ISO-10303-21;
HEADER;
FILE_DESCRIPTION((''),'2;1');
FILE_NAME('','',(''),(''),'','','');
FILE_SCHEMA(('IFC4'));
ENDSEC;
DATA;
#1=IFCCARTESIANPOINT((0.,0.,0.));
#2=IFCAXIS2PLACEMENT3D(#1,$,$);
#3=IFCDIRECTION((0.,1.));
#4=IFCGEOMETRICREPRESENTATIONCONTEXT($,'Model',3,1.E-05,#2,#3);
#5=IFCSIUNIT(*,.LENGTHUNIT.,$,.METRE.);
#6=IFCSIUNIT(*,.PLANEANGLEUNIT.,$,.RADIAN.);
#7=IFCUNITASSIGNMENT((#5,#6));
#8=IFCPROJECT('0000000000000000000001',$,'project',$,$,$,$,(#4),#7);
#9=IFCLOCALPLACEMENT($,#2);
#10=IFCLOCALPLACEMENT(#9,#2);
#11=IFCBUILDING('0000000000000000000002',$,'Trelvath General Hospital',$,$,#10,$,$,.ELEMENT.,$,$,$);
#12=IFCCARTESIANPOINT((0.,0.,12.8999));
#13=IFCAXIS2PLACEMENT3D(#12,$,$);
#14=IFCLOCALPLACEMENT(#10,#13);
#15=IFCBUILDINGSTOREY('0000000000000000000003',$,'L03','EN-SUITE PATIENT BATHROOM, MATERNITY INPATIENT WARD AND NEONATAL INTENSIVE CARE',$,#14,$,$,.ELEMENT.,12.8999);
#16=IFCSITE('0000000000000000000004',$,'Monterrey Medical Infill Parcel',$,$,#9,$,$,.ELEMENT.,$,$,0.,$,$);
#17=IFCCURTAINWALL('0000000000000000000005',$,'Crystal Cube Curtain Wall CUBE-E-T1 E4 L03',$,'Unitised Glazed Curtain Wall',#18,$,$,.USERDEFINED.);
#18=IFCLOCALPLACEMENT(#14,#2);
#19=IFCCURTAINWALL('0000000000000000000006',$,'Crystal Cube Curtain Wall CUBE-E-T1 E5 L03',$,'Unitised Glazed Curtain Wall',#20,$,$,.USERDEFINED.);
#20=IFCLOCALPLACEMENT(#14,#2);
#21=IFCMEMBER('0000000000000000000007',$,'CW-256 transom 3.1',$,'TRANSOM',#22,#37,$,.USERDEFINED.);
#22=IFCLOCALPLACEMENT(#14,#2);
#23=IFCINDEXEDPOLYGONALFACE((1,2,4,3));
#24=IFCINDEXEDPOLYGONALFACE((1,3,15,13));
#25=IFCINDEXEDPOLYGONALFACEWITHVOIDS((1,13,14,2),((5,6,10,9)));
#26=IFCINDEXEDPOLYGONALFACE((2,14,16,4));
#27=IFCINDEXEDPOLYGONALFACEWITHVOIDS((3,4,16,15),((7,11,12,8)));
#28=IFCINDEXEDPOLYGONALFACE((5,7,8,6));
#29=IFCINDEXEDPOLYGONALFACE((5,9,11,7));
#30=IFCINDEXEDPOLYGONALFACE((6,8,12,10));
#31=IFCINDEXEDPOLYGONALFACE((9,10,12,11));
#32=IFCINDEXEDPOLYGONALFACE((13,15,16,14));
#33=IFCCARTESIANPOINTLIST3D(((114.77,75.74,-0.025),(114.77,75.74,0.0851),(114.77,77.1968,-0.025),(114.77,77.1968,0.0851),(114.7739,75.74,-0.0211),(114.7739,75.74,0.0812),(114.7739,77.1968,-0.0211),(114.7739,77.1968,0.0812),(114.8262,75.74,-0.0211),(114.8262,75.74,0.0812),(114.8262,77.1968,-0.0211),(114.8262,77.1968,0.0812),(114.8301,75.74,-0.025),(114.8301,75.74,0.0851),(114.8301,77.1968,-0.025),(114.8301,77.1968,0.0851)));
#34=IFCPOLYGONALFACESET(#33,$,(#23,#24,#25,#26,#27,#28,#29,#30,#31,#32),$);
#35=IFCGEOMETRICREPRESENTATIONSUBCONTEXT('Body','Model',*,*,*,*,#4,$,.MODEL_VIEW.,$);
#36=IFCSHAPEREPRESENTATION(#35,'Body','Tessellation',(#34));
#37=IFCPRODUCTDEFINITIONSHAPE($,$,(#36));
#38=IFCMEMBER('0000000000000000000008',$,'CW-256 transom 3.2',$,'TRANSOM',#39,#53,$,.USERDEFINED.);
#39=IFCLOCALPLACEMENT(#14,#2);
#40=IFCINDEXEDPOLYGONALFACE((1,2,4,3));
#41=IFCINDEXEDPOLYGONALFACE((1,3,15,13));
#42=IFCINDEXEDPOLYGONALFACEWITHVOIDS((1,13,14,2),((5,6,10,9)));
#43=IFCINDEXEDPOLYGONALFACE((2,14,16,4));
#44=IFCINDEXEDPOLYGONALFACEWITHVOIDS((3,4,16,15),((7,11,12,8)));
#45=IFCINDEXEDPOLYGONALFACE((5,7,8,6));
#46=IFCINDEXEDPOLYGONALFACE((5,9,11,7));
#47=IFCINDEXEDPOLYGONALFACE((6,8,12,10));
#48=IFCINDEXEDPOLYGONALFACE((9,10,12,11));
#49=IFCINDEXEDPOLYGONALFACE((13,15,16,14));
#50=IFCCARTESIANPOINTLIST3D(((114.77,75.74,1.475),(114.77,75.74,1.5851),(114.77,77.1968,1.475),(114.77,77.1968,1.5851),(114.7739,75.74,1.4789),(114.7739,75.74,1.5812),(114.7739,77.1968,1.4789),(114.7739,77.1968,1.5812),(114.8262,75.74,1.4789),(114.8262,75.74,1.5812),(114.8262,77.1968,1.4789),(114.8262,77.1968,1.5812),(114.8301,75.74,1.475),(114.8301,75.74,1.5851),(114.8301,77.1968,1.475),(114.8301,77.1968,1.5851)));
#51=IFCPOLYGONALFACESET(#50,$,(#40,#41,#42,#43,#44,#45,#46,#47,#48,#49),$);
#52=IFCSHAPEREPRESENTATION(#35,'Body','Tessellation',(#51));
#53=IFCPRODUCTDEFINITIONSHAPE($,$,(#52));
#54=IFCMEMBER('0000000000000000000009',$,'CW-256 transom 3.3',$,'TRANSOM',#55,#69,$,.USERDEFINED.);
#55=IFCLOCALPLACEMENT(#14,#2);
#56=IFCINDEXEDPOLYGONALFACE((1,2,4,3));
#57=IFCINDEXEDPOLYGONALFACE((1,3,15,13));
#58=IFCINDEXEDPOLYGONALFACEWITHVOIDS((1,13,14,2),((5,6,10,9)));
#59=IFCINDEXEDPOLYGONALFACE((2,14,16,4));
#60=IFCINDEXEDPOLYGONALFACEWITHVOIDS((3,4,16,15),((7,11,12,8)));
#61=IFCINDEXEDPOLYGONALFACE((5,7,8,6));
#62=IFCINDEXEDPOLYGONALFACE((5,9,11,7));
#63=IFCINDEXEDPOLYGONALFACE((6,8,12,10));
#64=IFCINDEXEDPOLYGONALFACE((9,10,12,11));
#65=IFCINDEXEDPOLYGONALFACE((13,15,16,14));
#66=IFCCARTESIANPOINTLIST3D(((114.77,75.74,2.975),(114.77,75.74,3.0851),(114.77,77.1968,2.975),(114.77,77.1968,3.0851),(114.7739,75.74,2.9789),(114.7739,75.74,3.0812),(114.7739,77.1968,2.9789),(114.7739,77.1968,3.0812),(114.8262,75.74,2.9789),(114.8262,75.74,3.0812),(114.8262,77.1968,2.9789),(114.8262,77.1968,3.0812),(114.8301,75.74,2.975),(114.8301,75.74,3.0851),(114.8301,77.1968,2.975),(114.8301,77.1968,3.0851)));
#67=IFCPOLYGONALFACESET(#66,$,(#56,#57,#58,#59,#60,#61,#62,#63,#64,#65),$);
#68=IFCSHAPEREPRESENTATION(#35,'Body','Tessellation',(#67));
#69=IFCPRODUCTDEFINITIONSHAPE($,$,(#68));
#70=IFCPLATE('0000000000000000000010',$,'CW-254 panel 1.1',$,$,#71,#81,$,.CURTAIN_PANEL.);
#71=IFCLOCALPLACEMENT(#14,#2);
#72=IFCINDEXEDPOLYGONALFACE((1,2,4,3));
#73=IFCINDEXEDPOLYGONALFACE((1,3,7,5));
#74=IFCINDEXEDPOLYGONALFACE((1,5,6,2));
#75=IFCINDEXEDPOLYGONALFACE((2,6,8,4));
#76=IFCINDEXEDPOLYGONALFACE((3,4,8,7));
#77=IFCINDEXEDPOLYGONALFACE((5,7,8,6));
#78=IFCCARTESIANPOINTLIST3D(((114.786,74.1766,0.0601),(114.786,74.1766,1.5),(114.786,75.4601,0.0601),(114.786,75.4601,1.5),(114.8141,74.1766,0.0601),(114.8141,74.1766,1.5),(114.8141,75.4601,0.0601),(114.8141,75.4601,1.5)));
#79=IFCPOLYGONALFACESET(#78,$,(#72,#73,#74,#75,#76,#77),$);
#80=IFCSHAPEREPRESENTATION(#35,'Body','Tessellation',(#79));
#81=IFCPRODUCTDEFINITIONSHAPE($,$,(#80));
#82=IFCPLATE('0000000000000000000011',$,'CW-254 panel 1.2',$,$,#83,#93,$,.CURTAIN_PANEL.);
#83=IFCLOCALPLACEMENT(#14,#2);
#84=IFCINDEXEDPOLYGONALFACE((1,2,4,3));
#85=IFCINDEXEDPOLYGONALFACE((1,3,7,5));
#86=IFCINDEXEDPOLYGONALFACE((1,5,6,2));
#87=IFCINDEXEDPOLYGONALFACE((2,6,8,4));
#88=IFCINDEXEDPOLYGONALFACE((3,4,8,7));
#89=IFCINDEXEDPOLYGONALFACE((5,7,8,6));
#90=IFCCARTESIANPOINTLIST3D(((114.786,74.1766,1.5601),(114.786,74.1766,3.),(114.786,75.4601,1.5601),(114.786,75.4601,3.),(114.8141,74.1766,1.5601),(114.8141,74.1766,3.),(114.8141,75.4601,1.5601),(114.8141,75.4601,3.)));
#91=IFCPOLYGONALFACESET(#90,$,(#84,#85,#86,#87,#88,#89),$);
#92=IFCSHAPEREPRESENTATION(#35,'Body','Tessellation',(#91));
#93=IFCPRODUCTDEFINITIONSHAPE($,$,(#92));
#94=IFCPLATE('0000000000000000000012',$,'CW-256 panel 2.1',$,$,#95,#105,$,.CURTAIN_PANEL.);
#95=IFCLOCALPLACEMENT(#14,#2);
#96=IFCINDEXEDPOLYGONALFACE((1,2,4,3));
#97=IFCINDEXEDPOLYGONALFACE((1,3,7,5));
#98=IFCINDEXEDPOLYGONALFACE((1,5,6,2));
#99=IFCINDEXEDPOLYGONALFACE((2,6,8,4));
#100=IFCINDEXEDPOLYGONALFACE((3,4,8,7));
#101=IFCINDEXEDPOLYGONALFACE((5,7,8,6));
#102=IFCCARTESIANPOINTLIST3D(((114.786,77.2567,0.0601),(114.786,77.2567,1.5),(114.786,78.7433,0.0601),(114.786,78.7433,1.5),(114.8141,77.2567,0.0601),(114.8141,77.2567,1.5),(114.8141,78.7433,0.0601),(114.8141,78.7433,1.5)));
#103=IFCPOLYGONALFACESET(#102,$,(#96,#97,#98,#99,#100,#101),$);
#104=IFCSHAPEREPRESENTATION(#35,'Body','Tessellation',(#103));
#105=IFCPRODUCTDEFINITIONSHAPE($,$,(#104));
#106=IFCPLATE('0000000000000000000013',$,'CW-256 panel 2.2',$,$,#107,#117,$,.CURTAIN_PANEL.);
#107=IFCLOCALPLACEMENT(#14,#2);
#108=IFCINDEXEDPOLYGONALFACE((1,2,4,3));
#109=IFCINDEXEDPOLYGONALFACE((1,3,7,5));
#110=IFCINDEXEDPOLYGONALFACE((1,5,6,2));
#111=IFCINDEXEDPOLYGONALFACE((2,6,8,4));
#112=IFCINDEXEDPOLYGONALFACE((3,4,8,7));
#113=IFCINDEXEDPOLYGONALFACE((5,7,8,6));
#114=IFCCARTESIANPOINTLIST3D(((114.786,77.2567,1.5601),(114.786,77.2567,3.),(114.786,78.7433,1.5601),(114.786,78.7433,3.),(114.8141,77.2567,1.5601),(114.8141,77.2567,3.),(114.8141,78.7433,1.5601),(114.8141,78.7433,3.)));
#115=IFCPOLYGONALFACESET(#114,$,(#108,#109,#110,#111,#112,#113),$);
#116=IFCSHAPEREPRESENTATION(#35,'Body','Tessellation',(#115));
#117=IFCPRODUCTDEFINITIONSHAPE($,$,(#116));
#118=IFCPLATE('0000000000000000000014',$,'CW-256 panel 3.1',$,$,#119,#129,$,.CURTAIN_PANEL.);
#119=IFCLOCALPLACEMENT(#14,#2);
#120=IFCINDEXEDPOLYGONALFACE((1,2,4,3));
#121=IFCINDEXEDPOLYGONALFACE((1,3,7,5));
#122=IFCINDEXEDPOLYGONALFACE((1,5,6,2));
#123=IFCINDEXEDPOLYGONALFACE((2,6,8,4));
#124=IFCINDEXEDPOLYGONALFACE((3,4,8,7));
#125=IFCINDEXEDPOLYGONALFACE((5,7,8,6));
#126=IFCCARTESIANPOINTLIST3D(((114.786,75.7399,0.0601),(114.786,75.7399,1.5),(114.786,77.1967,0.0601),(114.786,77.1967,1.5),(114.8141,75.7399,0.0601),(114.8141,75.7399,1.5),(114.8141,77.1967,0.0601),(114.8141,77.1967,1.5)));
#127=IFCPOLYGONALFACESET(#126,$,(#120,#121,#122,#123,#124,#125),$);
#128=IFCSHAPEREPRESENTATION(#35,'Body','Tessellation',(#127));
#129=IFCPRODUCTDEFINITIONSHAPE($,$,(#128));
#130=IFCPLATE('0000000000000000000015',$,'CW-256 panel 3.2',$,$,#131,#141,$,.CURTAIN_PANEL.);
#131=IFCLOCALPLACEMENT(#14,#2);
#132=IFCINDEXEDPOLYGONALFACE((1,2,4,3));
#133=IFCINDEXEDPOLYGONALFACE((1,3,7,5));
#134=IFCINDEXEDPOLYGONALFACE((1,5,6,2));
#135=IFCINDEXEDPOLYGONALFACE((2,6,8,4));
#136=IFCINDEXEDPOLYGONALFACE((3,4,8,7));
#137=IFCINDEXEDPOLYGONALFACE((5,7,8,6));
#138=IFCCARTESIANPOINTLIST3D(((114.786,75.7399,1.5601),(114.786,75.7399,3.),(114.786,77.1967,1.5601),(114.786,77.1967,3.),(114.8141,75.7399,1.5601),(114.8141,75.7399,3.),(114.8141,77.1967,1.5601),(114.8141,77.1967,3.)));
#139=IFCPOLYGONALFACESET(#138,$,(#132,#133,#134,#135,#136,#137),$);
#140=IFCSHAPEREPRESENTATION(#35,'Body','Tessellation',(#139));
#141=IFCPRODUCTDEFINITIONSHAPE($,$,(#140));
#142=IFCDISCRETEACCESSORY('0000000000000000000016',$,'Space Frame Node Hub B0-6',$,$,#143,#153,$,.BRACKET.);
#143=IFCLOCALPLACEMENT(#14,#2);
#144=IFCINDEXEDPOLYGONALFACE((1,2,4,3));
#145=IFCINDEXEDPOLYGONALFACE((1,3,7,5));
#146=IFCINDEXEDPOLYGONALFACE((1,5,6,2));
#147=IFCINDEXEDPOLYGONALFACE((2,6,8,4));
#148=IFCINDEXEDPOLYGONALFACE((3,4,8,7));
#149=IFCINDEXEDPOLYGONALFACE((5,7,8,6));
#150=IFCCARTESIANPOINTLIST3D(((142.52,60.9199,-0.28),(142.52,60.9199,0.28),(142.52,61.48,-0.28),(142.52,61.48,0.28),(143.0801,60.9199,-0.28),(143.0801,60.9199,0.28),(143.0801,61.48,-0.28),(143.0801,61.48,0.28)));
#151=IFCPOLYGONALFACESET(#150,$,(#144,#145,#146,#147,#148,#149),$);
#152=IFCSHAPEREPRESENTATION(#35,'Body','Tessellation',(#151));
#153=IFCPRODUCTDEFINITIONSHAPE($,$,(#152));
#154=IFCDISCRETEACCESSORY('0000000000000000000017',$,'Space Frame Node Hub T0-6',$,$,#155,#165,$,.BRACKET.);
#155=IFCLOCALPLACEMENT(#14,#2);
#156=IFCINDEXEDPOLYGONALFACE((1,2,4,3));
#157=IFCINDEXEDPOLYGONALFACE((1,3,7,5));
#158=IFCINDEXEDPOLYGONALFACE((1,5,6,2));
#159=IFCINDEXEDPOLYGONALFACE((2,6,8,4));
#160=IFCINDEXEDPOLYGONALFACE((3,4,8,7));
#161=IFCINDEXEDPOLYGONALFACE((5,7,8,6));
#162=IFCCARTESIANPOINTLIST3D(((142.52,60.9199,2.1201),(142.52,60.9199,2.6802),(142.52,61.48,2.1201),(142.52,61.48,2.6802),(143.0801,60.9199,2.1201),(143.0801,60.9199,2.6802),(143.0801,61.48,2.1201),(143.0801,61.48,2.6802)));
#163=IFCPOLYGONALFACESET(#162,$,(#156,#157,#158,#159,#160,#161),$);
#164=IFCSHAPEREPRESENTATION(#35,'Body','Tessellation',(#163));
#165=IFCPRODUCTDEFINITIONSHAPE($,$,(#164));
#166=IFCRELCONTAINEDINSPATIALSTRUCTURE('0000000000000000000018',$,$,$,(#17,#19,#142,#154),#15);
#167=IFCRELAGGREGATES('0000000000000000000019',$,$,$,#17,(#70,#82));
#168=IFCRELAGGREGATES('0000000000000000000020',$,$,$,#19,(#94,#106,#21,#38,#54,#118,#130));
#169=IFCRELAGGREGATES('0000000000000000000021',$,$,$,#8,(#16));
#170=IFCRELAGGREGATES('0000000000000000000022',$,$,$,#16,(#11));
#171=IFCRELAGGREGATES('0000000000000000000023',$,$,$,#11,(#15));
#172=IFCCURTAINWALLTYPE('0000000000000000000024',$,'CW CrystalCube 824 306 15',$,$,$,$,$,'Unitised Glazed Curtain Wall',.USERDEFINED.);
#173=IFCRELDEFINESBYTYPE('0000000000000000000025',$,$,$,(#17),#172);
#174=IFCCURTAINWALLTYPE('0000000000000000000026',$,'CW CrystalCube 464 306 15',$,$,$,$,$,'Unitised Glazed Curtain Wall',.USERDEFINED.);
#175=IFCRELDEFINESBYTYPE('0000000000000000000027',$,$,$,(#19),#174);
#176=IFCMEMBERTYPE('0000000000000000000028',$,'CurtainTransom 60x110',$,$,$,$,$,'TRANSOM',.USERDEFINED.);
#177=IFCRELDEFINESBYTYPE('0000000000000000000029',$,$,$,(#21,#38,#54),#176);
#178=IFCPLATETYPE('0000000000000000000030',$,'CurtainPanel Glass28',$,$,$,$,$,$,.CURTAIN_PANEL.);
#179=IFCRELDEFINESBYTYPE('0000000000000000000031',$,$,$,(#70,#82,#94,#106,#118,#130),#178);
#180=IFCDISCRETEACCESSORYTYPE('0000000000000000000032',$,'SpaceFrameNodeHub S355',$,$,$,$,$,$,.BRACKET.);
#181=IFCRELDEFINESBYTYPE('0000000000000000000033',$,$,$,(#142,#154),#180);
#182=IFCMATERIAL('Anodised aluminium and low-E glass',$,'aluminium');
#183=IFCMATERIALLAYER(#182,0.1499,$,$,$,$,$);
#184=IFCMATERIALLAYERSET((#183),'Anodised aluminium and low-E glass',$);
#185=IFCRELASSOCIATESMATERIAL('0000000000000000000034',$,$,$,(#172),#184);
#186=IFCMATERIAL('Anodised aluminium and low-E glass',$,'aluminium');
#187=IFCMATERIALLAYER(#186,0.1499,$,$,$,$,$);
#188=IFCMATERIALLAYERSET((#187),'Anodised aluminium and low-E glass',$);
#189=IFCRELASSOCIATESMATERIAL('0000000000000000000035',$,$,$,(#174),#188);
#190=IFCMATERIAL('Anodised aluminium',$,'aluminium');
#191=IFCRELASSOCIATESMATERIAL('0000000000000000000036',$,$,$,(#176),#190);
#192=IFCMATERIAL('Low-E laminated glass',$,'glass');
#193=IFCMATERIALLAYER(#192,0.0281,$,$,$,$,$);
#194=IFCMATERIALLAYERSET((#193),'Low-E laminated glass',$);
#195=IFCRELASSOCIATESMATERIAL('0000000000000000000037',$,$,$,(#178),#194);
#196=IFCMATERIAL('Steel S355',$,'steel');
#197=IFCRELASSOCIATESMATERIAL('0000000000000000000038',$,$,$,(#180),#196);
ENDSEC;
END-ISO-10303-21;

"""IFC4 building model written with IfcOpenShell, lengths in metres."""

from ifc_helpers import new_model, si_unit, direction, frame, origin, origin_2d, place, context, subcontext, project, spatial, rectangle, hollow_rectangle, extrude, material, layer, layer_set, material_profile, profile_set, type_object, element, aggregate, save


model = new_model("IFC4")

# Units and contexts
model_context = context("Model", 3, precision=1e-05, world=origin(), true_north=direction((0.0, 1.0)))
body_context = subcontext(model_context, "Body", "Model", "MODEL_VIEW")
ifc_project = project(units=[si_unit("LENGTHUNIT", "METRE"), si_unit("PLANEANGLEUNIT", "RADIAN")], contexts=[model_context])

# Site, building, storey
site_placement = place(None, origin())
site = spatial("IfcSite", under=ifc_project, at=site_placement, Name="Monterrey Medical Infill Parcel", CompositionType="ELEMENT", RefElevation=0.0)
building_placement = place(site_placement, origin())
building = spatial("IfcBuilding", under=site, at=building_placement, Name="Trelvath General Hospital", CompositionType="ELEMENT")
storey_placement = place(building_placement, frame((0.0, 0.0, 12.8999)))
storey = spatial("IfcBuildingStorey", under=building, at=storey_placement, Name="L03", Description="EN-SUITE PATIENT BATHROOM, MATERNITY INPATIENT WARD AND NEONATAL INTENSIVE CARE", CompositionType="ELEMENT", Elevation=12.8999)

# Curtain walls
ifc_material_1 = material(Name="Anodised aluminium and low-E glass", Category="aluminium")
ifc_layer_1 = layer(ifc_material_1, 0.1499)
ifc_layer_set_1 = layer_set([ifc_layer_1], Name="Anodised aluminium and low-E glass")
curtain_wall_type_1 = type_object("IfcCurtainWallType", Name="CW CrystalCube 824 306 15", ElementType="Unitised Glazed Curtain Wall", PredefinedType="USERDEFINED", material=ifc_layer_set_1)
curtain_wall_1_placement = place(storey_placement, origin())
curtain_wall_1 = element("IfcCurtainWall", 1, at=curtain_wall_1_placement, inside=storey, type_object=curtain_wall_type_1, Name="Crystal Cube Curtain Wall CUBE-E-T1 E4 L03", ObjectType="Unitised Glazed Curtain Wall", PredefinedType="USERDEFINED")
ifc_material_2 = material(Name="Anodised aluminium and low-E glass", Category="aluminium")
ifc_layer_2 = layer(ifc_material_2, 0.1499)
ifc_layer_set_2 = layer_set([ifc_layer_2], Name="Anodised aluminium and low-E glass")
curtain_wall_type_2 = type_object("IfcCurtainWallType", Name="CW CrystalCube 464 306 15", ElementType="Unitised Glazed Curtain Wall", PredefinedType="USERDEFINED", material=ifc_layer_set_2)
curtain_wall_2_placement = place(storey_placement, origin())
curtain_wall_2 = element("IfcCurtainWall", 2, at=curtain_wall_2_placement, inside=storey, type_object=curtain_wall_type_2, Name="Crystal Cube Curtain Wall CUBE-E-T1 E5 L03", ObjectType="Unitised Glazed Curtain Wall", PredefinedType="USERDEFINED")

# Members
ifc_material_3 = material(Name="Anodised aluminium", Category="aluminium")
ifc_material_profile_1 = material_profile(ifc_material_3, hollow_rectangle(XDim=0.0601, YDim=0.1101, WallThickness=0.0039, at=origin_2d()), Name="RHS60x110x4")
ifc_profile_set_1 = profile_set([ifc_material_profile_1], Name="Anodised aluminium")
member_type_1 = type_object("IfcMemberType", Name="CurtainTransom 60x110", ElementType="TRANSOM", PredefinedType="USERDEFINED", material=ifc_profile_set_1)
member_1_placement = place(storey_placement, frame((114.8, 77.1968, 0.03), z_axis=(0.0, -1.0, 0.0), x_axis=(1.0, 0.0, 0.0)))
member_1 = element("IfcMember", 3, at=member_1_placement, type_object=member_type_1, Name="CW-256 transom 3.1", ObjectType="TRANSOM", PredefinedType="USERDEFINED", context=body_context, shape_type="SweptSolid", body=[
    extrude(hollow_rectangle(XDim=0.0601, YDim=0.1101, WallThickness=0.0039, at=origin_2d()), origin(), (0.0, 0.0, 1.0), 1.4568),
])
member_2_placement = place(storey_placement, frame((114.8, 77.1968, 1.53), z_axis=(0.0, -1.0, 0.0), x_axis=(1.0, 0.0, 0.0)))
member_2 = element("IfcMember", 4, at=member_2_placement, type_object=member_type_1, Name="CW-256 transom 3.2", ObjectType="TRANSOM", PredefinedType="USERDEFINED", context=body_context, shape_type="SweptSolid", body=[
    extrude(hollow_rectangle(XDim=0.0601, YDim=0.1101, WallThickness=0.0039, at=origin_2d()), origin(), (0.0, 0.0, 1.0), 1.4568),
])
member_3_placement = place(storey_placement, frame((114.8, 77.1968, 3.03), z_axis=(0.0, -1.0, 0.0), x_axis=(1.0, 0.0, 0.0)))
member_3 = element("IfcMember", 5, at=member_3_placement, type_object=member_type_1, Name="CW-256 transom 3.3", ObjectType="TRANSOM", PredefinedType="USERDEFINED", context=body_context, shape_type="SweptSolid", body=[
    extrude(hollow_rectangle(XDim=0.0601, YDim=0.1101, WallThickness=0.0039, at=origin_2d()), origin(), (0.0, 0.0, 1.0), 1.4568),
])

# Plates
ifc_material_4 = material(Name="Low-E laminated glass", Category="glass")
ifc_layer_3 = layer(ifc_material_4, 0.0281)
ifc_layer_set_3 = layer_set([ifc_layer_3], Name="Low-E laminated glass")
plate_type = type_object("IfcPlateType", Name="CurtainPanel Glass28", PredefinedType="CURTAIN_PANEL", material=ifc_layer_set_3)
plate_1_placement = place(storey_placement, frame((114.8, 74.8184, 0.0601), z_axis=(0.0, 0.0, 1.0), x_axis=(0.0, -1.0, 0.0)))
plate_1 = element("IfcPlate", 6, at=plate_1_placement, type_object=plate_type, Name="CW-254 panel 1.1", PredefinedType="CURTAIN_PANEL", context=body_context, shape_type="SweptSolid", body=[
    extrude(rectangle(XDim=1.2834, YDim=0.0281, at=origin_2d()), origin(), (0.0, 0.0, 1.0), 1.4399),
])
plate_2_placement = place(storey_placement, frame((114.8, 74.8184, 1.5601), z_axis=(0.0, 0.0, 1.0), x_axis=(0.0, -1.0, 0.0)))
plate_2 = element("IfcPlate", 7, at=plate_2_placement, type_object=plate_type, Name="CW-254 panel 1.2", PredefinedType="CURTAIN_PANEL", context=body_context, shape_type="SweptSolid", body=[
    extrude(rectangle(XDim=1.2834, YDim=0.0281, at=origin_2d()), origin(), (0.0, 0.0, 1.0), 1.4399),
])
aggregate(curtain_wall_1, [plate_1, plate_2])
plate_3_placement = place(storey_placement, frame((114.8, 78.0, 0.0601), z_axis=(0.0, 0.0, 1.0), x_axis=(0.0, -1.0, 0.0)))
plate_3 = element("IfcPlate", 8, at=plate_3_placement, type_object=plate_type, Name="CW-256 panel 2.1", PredefinedType="CURTAIN_PANEL", context=body_context, shape_type="SweptSolid", body=[
    extrude(rectangle(XDim=1.4866, YDim=0.0281, at=origin_2d()), origin(), (0.0, 0.0, 1.0), 1.4399),
])
plate_4_placement = place(storey_placement, frame((114.8, 78.0, 1.5601), z_axis=(0.0, 0.0, 1.0), x_axis=(0.0, -1.0, 0.0)))
plate_4 = element("IfcPlate", 9, at=plate_4_placement, type_object=plate_type, Name="CW-256 panel 2.2", PredefinedType="CURTAIN_PANEL", context=body_context, shape_type="SweptSolid", body=[
    extrude(rectangle(XDim=1.4866, YDim=0.0281, at=origin_2d()), origin(), (0.0, 0.0, 1.0), 1.4399),
])
plate_5_placement = place(storey_placement, frame((114.8, 76.4683, 0.0601), z_axis=(0.0, 0.0, 1.0), x_axis=(0.0, -1.0, 0.0)))
plate_5 = element("IfcPlate", 10, at=plate_5_placement, type_object=plate_type, Name="CW-256 panel 3.1", PredefinedType="CURTAIN_PANEL", context=body_context, shape_type="SweptSolid", body=[
    extrude(rectangle(XDim=1.4568, YDim=0.0281, at=origin_2d()), origin(), (0.0, 0.0, 1.0), 1.4399),
])
plate_6_placement = place(storey_placement, frame((114.8, 76.4683, 1.5601), z_axis=(0.0, 0.0, 1.0), x_axis=(0.0, -1.0, 0.0)))
plate_6 = element("IfcPlate", 11, at=plate_6_placement, type_object=plate_type, Name="CW-256 panel 3.2", PredefinedType="CURTAIN_PANEL", context=body_context, shape_type="SweptSolid", body=[
    extrude(rectangle(XDim=1.4568, YDim=0.0281, at=origin_2d()), origin(), (0.0, 0.0, 1.0), 1.4399),
])
aggregate(curtain_wall_2, [plate_3, plate_4, member_1, member_2, member_3, plate_5, plate_6])

# Discrete accessories
ifc_material_5 = material(Name="Steel S355", Category="steel")
discrete_accessory_type = type_object("IfcDiscreteAccessoryType", Name="SpaceFrameNodeHub S355", PredefinedType="BRACKET", material=ifc_material_5)
for number, where, z_axis, x_axis, name in (
    (12, (142.8, 61.2, -0.28), (0.0, 0.0, 1.0), (1.0, 0.0, 0.0), "Space Frame Node Hub B0-6"),
    (13, (142.8, 61.2, 2.1201), (0.0, 0.0, 1.0), (1.0, 0.0, 0.0), "Space Frame Node Hub T0-6"),
):
    element("IfcDiscreteAccessory", number, at=place(storey_placement, frame(where, z_axis=z_axis, x_axis=x_axis)), inside=storey, type_object=discrete_accessory_type, Name=name, PredefinedType="BRACKET", context=body_context, shape_type="SweptSolid", body=[
        extrude(rectangle(XDim=0.5601, YDim=0.5601, at=origin_2d()), origin(), (0.0, 0.0, 1.0), 0.5601),
    ])

save(model, "model.ifc")
